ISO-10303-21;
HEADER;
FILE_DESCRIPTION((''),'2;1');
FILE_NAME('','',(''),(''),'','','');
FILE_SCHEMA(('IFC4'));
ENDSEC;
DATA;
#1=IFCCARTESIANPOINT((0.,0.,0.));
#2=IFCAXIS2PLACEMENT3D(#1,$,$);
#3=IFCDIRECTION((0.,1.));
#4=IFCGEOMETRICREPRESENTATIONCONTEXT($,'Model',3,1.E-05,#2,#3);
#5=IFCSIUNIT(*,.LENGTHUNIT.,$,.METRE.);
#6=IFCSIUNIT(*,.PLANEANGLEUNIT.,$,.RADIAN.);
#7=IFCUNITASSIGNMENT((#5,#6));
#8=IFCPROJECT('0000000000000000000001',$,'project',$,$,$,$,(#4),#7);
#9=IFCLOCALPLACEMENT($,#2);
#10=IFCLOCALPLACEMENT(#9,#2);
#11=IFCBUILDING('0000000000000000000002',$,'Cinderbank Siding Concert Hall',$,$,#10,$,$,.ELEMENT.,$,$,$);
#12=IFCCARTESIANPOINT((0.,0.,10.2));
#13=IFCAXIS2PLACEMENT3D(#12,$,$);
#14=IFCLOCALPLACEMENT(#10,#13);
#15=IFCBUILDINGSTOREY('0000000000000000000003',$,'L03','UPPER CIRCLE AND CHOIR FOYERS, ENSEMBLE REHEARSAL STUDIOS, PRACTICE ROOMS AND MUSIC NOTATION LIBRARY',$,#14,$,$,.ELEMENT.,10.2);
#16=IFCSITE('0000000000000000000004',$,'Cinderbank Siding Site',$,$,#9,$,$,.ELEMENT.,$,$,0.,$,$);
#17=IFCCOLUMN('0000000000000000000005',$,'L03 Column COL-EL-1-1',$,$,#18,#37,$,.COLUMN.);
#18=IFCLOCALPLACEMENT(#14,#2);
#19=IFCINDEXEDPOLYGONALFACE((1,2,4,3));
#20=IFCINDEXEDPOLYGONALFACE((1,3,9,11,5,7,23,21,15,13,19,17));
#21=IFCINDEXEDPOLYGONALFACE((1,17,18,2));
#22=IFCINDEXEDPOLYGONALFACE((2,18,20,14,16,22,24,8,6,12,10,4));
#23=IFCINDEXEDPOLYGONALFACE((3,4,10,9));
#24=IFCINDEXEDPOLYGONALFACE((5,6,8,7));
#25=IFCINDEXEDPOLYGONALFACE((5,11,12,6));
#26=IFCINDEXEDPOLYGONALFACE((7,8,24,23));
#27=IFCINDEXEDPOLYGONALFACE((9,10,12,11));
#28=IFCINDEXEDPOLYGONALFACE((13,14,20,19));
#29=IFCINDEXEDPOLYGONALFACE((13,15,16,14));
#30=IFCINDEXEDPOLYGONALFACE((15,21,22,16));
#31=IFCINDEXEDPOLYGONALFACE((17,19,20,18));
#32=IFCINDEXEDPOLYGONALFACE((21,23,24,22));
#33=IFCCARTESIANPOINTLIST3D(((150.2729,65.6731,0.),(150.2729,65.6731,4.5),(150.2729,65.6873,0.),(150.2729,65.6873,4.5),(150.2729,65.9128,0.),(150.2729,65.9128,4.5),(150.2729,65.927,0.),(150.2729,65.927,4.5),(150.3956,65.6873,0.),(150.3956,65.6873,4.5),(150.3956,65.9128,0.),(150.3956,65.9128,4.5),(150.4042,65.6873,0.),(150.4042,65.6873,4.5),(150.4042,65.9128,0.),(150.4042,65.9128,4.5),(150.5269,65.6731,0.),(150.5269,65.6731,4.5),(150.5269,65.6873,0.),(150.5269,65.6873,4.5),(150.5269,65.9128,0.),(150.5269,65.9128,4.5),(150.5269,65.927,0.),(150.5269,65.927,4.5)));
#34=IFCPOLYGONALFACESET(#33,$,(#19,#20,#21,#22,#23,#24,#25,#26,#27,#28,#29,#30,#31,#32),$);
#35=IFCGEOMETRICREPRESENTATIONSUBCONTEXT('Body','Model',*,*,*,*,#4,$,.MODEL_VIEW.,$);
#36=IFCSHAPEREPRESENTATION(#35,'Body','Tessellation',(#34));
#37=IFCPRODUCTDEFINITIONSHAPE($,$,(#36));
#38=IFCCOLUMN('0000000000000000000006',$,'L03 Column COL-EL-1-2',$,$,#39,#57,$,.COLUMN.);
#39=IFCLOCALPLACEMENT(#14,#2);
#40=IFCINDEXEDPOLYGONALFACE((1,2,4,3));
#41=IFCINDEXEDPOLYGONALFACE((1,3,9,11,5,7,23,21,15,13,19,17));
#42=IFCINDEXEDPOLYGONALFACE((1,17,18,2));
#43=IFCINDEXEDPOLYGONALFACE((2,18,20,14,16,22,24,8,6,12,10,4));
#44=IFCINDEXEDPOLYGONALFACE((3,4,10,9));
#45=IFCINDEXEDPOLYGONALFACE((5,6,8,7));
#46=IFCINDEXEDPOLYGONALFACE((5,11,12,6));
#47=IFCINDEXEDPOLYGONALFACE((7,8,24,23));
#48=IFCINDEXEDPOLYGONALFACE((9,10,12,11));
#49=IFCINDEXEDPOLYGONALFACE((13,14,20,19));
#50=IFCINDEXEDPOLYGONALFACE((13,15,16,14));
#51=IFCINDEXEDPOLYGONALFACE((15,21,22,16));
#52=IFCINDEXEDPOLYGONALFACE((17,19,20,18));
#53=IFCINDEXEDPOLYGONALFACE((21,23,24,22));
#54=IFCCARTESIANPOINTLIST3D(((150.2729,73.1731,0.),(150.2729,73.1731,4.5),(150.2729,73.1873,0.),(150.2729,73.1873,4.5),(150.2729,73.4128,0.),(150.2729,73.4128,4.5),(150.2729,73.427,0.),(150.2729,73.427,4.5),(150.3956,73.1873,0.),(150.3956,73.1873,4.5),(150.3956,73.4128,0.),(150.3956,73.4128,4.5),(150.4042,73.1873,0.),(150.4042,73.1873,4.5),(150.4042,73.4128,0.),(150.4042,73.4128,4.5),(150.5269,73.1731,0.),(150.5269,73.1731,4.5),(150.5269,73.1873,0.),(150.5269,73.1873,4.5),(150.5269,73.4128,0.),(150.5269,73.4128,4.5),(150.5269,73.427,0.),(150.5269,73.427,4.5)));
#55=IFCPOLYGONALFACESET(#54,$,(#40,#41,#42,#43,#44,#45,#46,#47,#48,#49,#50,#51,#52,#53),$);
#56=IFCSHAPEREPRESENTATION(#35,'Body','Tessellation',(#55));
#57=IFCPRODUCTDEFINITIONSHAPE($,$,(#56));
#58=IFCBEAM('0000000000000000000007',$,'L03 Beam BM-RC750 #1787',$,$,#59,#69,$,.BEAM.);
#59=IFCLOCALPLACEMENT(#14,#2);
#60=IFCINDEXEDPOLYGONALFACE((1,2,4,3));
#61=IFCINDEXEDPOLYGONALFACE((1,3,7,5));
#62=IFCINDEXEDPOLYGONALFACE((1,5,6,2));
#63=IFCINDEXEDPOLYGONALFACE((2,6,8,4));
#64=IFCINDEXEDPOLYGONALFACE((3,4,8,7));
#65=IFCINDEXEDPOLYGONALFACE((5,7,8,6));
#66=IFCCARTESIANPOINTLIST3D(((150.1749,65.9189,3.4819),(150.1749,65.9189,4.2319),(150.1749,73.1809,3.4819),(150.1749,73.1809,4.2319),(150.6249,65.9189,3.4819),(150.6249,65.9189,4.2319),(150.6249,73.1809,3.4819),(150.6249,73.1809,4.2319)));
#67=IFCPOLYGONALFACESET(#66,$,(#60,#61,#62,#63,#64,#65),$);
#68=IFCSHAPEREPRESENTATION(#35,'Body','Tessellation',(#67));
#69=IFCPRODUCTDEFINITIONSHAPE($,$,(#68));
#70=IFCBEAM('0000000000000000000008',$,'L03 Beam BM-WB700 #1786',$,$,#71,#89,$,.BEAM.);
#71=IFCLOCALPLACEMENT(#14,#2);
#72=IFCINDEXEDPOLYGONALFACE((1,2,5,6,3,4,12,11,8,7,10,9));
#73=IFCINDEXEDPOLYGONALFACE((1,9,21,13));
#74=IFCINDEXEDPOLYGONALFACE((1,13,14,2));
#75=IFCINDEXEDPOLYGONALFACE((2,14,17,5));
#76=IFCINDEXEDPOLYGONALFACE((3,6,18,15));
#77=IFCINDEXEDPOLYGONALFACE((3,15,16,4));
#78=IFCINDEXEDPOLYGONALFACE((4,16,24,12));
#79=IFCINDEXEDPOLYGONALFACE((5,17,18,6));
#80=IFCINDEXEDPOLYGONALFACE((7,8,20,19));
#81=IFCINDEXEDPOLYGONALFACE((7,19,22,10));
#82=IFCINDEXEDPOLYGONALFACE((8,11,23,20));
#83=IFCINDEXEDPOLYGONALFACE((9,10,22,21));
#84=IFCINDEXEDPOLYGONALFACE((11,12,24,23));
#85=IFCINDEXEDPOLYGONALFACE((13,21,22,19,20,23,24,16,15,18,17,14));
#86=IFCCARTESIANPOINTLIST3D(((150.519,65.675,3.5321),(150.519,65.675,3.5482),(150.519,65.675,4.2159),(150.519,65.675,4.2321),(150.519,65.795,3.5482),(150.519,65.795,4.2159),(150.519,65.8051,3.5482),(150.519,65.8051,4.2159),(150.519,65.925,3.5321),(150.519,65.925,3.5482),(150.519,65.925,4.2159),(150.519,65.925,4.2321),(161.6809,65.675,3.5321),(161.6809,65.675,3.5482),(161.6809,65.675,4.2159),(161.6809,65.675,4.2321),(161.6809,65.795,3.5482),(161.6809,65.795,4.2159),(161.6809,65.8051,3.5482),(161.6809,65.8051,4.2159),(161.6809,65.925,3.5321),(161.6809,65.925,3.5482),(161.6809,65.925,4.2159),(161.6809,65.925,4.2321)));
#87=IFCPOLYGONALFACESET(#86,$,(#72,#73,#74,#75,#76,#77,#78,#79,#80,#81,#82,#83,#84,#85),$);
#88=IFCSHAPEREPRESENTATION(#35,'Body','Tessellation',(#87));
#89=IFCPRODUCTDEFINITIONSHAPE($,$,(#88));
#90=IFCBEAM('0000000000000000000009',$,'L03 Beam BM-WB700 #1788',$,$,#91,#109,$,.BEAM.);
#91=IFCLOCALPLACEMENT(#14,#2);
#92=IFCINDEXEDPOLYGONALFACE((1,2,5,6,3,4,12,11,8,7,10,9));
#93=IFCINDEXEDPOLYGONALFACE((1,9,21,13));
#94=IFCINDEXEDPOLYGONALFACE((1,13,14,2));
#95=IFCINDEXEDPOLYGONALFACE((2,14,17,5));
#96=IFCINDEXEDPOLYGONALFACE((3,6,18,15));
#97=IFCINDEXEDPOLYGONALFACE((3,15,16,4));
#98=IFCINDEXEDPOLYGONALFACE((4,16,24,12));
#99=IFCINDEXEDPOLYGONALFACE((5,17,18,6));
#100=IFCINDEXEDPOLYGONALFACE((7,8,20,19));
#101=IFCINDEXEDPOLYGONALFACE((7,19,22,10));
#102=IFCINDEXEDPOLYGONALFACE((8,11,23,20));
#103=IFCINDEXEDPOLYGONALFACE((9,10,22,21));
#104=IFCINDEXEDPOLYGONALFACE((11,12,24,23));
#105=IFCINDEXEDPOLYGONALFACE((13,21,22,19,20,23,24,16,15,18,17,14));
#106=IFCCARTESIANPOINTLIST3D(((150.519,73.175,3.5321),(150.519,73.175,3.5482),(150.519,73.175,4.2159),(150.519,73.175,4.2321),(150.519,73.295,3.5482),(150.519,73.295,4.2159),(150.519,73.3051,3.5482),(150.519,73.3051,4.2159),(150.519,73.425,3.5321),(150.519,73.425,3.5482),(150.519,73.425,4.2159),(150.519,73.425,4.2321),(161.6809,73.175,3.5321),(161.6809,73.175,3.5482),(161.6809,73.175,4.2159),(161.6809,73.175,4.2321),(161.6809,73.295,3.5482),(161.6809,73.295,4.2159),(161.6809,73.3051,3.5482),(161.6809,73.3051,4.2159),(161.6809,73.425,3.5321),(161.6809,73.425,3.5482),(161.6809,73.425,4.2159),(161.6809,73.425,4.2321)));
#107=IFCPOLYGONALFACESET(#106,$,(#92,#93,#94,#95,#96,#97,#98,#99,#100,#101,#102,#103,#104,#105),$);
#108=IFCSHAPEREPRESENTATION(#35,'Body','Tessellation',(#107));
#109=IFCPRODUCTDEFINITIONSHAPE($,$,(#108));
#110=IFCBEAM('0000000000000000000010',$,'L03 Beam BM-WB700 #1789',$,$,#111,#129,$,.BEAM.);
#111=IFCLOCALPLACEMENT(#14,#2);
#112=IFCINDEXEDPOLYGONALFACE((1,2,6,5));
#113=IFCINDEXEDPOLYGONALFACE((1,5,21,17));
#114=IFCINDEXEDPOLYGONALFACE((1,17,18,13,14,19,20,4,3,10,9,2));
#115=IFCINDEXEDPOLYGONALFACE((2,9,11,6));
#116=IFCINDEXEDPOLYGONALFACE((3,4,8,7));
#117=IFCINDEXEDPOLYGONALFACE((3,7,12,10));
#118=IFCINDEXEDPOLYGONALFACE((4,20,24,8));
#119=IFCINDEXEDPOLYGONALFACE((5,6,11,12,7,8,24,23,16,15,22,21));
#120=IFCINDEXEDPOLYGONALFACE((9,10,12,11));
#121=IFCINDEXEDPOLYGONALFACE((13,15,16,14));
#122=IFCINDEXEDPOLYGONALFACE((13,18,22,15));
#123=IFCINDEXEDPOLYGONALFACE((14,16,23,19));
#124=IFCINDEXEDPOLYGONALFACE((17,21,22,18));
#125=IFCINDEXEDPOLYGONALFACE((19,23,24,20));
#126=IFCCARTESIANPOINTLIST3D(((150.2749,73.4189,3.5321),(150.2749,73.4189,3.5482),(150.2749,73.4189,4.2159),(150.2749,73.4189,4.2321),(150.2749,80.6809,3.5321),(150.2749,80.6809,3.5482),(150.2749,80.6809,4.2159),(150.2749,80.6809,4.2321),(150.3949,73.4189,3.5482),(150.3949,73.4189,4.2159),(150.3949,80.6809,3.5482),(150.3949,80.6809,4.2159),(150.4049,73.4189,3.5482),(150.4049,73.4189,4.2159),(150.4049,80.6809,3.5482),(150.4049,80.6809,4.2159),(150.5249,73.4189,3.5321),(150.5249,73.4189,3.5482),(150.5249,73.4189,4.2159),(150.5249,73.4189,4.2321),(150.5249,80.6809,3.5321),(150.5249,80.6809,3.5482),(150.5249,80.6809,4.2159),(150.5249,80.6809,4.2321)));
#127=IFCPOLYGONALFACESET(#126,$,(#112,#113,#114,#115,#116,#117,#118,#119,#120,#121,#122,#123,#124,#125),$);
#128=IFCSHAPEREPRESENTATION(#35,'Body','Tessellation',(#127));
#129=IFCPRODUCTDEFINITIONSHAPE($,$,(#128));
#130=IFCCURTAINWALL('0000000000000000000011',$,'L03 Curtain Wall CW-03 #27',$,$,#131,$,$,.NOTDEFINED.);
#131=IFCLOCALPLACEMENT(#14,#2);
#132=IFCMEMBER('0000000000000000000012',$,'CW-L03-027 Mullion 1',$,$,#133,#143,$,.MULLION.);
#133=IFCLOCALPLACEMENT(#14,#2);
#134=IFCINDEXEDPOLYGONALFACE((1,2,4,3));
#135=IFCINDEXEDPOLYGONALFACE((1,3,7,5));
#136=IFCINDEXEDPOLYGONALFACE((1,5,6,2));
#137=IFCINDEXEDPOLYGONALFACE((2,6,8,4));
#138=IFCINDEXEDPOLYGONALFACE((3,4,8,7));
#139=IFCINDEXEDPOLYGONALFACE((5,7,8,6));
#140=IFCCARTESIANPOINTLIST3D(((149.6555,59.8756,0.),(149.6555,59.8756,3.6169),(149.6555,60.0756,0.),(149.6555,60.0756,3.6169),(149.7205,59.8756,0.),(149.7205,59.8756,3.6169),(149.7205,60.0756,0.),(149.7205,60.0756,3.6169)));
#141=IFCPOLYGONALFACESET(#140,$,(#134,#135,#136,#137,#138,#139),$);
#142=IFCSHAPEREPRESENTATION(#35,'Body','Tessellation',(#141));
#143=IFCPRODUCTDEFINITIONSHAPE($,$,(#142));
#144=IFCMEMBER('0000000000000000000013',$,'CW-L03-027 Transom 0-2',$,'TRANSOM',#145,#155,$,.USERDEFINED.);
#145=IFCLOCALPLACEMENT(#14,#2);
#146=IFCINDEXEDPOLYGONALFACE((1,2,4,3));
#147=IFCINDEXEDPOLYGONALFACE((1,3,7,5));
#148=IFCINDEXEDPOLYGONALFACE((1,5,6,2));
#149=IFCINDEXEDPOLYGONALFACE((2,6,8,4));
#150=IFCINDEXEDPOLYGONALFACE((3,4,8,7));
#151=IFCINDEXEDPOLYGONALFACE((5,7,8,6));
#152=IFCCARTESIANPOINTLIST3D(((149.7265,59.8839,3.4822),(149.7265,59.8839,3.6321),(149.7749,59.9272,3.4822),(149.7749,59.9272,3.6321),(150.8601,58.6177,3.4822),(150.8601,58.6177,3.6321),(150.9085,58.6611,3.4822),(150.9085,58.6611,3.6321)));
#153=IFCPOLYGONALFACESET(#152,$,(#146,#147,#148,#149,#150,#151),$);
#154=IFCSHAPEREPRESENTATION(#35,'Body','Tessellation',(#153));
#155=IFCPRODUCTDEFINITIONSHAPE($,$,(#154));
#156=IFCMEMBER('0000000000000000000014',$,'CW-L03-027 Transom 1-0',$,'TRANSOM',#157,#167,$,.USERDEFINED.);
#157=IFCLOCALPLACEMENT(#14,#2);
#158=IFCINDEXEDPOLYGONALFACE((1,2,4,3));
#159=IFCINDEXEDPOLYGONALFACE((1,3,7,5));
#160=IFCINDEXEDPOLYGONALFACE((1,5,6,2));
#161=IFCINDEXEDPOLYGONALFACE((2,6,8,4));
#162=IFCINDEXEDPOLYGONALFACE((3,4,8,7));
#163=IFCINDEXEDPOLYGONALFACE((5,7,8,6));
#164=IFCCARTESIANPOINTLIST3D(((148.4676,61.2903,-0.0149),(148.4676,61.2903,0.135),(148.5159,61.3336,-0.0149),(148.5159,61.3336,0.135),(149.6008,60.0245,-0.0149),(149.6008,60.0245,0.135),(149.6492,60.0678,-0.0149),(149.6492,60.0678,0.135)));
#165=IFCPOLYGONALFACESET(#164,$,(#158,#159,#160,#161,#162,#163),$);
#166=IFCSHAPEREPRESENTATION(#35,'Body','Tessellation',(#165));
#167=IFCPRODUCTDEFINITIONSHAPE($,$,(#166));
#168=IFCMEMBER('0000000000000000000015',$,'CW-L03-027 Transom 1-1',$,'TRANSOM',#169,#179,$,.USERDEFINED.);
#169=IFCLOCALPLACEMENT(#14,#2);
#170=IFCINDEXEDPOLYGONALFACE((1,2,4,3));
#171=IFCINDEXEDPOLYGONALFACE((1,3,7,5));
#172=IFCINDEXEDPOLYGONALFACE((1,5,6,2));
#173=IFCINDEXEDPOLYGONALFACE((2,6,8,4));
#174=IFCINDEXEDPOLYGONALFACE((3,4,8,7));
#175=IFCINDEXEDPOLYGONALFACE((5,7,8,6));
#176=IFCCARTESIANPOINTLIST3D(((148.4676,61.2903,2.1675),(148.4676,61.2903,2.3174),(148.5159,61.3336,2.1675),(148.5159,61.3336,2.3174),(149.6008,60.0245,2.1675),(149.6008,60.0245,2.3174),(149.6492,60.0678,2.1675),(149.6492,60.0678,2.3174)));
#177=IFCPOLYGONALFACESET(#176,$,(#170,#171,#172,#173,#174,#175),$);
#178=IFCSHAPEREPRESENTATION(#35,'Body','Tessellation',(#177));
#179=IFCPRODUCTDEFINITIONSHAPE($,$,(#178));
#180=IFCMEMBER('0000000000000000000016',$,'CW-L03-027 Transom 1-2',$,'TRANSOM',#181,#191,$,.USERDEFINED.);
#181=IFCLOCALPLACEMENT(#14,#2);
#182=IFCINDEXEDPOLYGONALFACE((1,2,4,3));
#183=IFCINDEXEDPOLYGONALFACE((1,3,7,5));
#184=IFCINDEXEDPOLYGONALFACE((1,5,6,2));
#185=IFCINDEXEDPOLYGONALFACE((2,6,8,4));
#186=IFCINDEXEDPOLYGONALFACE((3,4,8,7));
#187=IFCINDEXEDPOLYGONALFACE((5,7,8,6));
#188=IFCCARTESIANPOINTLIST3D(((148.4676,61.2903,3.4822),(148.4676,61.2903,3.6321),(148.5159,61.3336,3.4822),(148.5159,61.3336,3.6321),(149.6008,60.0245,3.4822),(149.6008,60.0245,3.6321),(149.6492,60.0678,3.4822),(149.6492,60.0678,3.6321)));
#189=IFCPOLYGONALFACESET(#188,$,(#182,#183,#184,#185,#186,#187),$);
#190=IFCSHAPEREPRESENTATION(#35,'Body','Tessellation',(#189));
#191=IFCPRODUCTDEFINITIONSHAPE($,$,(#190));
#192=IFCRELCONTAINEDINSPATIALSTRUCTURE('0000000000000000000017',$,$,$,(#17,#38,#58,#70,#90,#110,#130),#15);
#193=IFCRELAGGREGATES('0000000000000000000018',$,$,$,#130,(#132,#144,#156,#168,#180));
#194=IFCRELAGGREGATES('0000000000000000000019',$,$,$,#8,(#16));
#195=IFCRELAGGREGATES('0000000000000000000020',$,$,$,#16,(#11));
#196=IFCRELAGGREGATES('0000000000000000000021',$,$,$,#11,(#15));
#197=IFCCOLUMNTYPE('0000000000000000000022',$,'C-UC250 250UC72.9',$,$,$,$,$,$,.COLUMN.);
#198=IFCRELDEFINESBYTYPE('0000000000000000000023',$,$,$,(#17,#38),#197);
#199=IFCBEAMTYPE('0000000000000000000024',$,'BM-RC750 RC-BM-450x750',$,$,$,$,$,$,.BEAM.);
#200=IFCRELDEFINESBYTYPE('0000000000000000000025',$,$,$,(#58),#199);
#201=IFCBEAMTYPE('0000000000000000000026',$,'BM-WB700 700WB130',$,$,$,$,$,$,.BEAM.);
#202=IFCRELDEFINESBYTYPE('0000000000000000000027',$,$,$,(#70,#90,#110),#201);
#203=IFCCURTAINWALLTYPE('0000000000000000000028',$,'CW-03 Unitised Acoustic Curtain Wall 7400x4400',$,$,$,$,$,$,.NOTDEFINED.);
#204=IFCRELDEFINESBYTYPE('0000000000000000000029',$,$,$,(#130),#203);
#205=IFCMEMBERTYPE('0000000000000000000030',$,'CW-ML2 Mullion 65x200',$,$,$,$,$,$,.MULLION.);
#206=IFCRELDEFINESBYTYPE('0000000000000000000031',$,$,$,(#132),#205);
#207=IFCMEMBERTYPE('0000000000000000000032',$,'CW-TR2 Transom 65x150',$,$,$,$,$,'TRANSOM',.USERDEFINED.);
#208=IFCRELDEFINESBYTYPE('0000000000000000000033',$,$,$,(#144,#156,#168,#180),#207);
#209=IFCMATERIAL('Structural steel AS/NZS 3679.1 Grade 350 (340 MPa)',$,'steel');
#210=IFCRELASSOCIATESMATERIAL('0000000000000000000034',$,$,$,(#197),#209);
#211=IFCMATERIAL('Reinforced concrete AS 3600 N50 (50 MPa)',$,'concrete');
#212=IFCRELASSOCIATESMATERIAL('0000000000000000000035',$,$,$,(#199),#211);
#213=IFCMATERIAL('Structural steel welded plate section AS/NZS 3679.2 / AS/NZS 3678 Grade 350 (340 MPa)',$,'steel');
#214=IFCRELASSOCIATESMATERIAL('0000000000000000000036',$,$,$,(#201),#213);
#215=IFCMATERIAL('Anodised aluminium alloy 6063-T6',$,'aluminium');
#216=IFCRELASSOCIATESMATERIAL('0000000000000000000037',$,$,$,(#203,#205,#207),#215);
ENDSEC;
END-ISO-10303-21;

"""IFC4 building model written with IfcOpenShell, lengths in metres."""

from ifc_helpers import new_model, si_unit, direction, frame, origin, origin_2d, place, context, subcontext, project, spatial, rectangle, i_section, extrude, material, material_profile, profile_set, type_object, element, aggregate, save


model = new_model("IFC4")

# Units and contexts
model_context = context("Model", 3, precision=1e-05, world=origin(), true_north=direction((0.0, 1.0)))
body_context = subcontext(model_context, "Body", "Model", "MODEL_VIEW")
ifc_project = project(units=[si_unit("LENGTHUNIT", "METRE"), si_unit("PLANEANGLEUNIT", "RADIAN")], contexts=[model_context])

# Site, building, storey
site_placement = place(None, origin())
site = spatial("IfcSite", under=ifc_project, at=site_placement, Name="Cinderbank Siding Site", CompositionType="ELEMENT", RefElevation=0.0)
building_placement = place(site_placement, origin())
building = spatial("IfcBuilding", under=site, at=building_placement, Name="Cinderbank Siding Concert Hall", CompositionType="ELEMENT")
storey_placement = place(building_placement, frame((0.0, 0.0, 10.2)))
storey = spatial("IfcBuildingStorey", under=building, at=storey_placement, Name="L03", Description="UPPER CIRCLE AND CHOIR FOYERS, ENSEMBLE REHEARSAL STUDIOS, PRACTICE ROOMS AND MUSIC NOTATION LIBRARY", CompositionType="ELEMENT", Elevation=10.2)

# Columns
ifc_material_1 = material(Name="Structural steel AS/NZS 3679.1 Grade 350 (340 MPa)", Category="steel")
ifc_material_profile_1 = material_profile(ifc_material_1, i_section(OverallWidth=0.2539, OverallDepth=0.2539, WebThickness=0.0085, FlangeThickness=0.0142, at=origin_2d()), Name="250UC72.9", Category="LoadBearing")
ifc_profile_set_1 = profile_set([ifc_material_profile_1], Name="Structural steel AS/NZS 3679.1 Grade 350 (340 MPa)")
column_type = type_object("IfcColumnType", Name="C-UC250 250UC72.9", PredefinedType="COLUMN", material=ifc_profile_set_1)
for number, where, z_axis, x_axis, name in (
    (1, (150.3999, 65.8, 0.0), (0.0, 0.0, 1.0), (1.0, 0.0, 0.0), "L03 Column COL-EL-1-1"),
    (2, (150.3999, 73.3, 0.0), (0.0, 0.0, 1.0), (1.0, 0.0, 0.0), "L03 Column COL-EL-1-2"),
):
    element("IfcColumn", number, at=place(storey_placement, frame(where, z_axis=z_axis, x_axis=x_axis)), inside=storey, type_object=column_type, Name=name, PredefinedType="COLUMN", context=body_context, shape_type="SweptSolid", body=[
        extrude(i_section(OverallWidth=0.2539, OverallDepth=0.2539, WebThickness=0.0085, FlangeThickness=0.0142, at=origin_2d()), origin(), (0.0, 0.0, 1.0), 4.5),
    ])

# Beams
ifc_material_2 = material(Name="Reinforced concrete AS 3600 N50 (50 MPa)", Category="concrete")
ifc_material_profile_2 = material_profile(ifc_material_2, rectangle(XDim=0.45, YDim=0.75, at=origin_2d()), Name="RC-BM-450x750", Category="LoadBearing")
ifc_profile_set_2 = profile_set([ifc_material_profile_2], Name="Reinforced concrete AS 3600 N50 (50 MPa)")
beam_type_1 = type_object("IfcBeamType", Name="BM-RC750 RC-BM-450x750", PredefinedType="BEAM", material=ifc_profile_set_2)
beam_1_placement = place(storey_placement, frame((150.3999, 65.9189, 3.8569), z_axis=(0.0, 1.0, 0.0), x_axis=(-1.0, 0.0, 0.0)))
element("IfcBeam", 3, at=beam_1_placement, inside=storey, type_object=beam_type_1, Name="L03 Beam BM-RC750 #1787", PredefinedType="BEAM", context=body_context, shape_type="SweptSolid", body=[
    extrude(rectangle(XDim=0.45, YDim=0.75, at=origin_2d()), origin(), (0.0, 0.0, 1.0), 7.262),
])
ifc_material_3 = material(Name="Structural steel welded plate section AS/NZS 3679.2 / AS/NZS 3678 Grade 350 (340 MPa)", Category="steel")
ifc_material_profile_3 = material_profile(ifc_material_3, i_section(OverallWidth=0.25, OverallDepth=0.7, WebThickness=0.01, FlangeThickness=0.0161, at=origin_2d()), Name="700WB130", Category="LoadBearing")
ifc_profile_set_3 = profile_set([ifc_material_profile_3], Name="Structural steel welded plate section AS/NZS 3679.2 / AS/NZS 3678 Grade 350 (340 MPa)")
beam_type_2 = type_object("IfcBeamType", Name="BM-WB700 700WB130", PredefinedType="BEAM", material=ifc_profile_set_3)
for number, where, z_axis, x_axis, name in (
    (4, (150.519, 65.8, 3.8821), (1.0, 0.0, 0.0), (0.0, 1.0, 0.0), "L03 Beam BM-WB700 #1786"),
    (5, (150.519, 73.3, 3.8821), (1.0, 0.0, 0.0), (0.0, 1.0, 0.0), "L03 Beam BM-WB700 #1788"),
):
    element("IfcBeam", number, at=place(storey_placement, frame(where, z_axis=z_axis, x_axis=x_axis)), inside=storey, type_object=beam_type_2, Name=name, PredefinedType="BEAM", context=body_context, shape_type="SweptSolid", body=[
        extrude(i_section(OverallWidth=0.25, OverallDepth=0.7, WebThickness=0.01, FlangeThickness=0.0161, at=origin_2d()), origin(), (0.0, 0.0, 1.0), 11.1619),
    ])
beam_2_placement = place(storey_placement, frame((150.3999, 73.4189, 3.8821), z_axis=(0.0, 1.0, 0.0), x_axis=(-1.0, 0.0, 0.0)))
element("IfcBeam", 6, at=beam_2_placement, inside=storey, type_object=beam_type_2, Name="L03 Beam BM-WB700 #1789", PredefinedType="BEAM", context=body_context, shape_type="SweptSolid", body=[
    extrude(i_section(OverallWidth=0.25, OverallDepth=0.7, WebThickness=0.01, FlangeThickness=0.0161, at=origin_2d()), origin(), (0.0, 0.0, 1.0), 7.262),
])

# Curtain wall, members
ifc_material_4 = material(Name="Anodised aluminium alloy 6063-T6", Category="aluminium")
curtain_wall_type = type_object("IfcCurtainWallType", Name="CW-03 Unitised Acoustic Curtain Wall 7400x4400", PredefinedType="NOTDEFINED", material=ifc_material_4)
curtain_wall_placement = place(storey_placement, origin())
curtain_wall = element("IfcCurtainWall", 7, at=curtain_wall_placement, inside=storey, type_object=curtain_wall_type, Name="L03 Curtain Wall CW-03 #27", PredefinedType="NOTDEFINED")
ifc_material_profile_4 = material_profile(ifc_material_4, rectangle(XDim=0.0649, YDim=0.2, at=origin_2d()), Name="ALU-MULL-65x200", Category="LoadBearing")
ifc_profile_set_4 = profile_set([ifc_material_profile_4], Name="Anodised aluminium alloy 6063-T6")
member_type_1 = type_object("IfcMemberType", Name="CW-ML2 Mullion 65x200", PredefinedType="MULLION", material=ifc_profile_set_4)
member_1_placement = place(storey_placement, frame((149.688, 59.9756, 0.0), z_axis=(0.0, 0.0, 1.0), x_axis=(1.0, 0.0, 0.0)))
member_1 = element("IfcMember", 8, at=member_1_placement, type_object=member_type_1, Name="CW-L03-027 Mullion 1", PredefinedType="MULLION", context=body_context, shape_type="SweptSolid", body=[
    extrude(rectangle(XDim=0.0649, YDim=0.2, at=origin_2d()), origin(), (0.0, 0.0, 1.0), 3.6169),
])
ifc_material_profile_5 = material_profile(ifc_material_4, rectangle(XDim=0.0649, YDim=0.1499, at=origin_2d()), Name="ALU-TRAN-65x150", Category="LoadBearing")
ifc_profile_set_5 = profile_set([ifc_material_profile_5], Name="Anodised aluminium alloy 6063-T6")
member_type_2 = type_object("IfcMemberType", Name="CW-TR2 Transom 65x150", ElementType="TRANSOM", PredefinedType="USERDEFINED", material=ifc_profile_set_5)
member_2_placement = place(storey_placement, frame((150.8843, 58.6394, 3.5571), z_axis=(-0.667026, 0.745035, 0.0), x_axis=(-0.745035, -0.667026, 0.0)))
member_2 = element("IfcMember", 9, at=member_2_placement, type_object=member_type_2, Name="CW-L03-027 Transom 0-2", ObjectType="TRANSOM", PredefinedType="USERDEFINED", context=body_context, shape_type="SweptSolid", body=[
    extrude(rectangle(XDim=0.0649, YDim=0.1499, at=origin_2d()), origin(), (0.0, 0.0, 1.0), 1.6995),
])
member_3_placement = place(storey_placement, frame((149.625, 60.0461, 0.0601), z_axis=(-0.667017, 0.745042, 0.0), x_axis=(-0.745042, -0.667017, 0.0)))
member_3 = element("IfcMember", 10, at=member_3_placement, type_object=member_type_2, Name="CW-L03-027 Transom 1-0", ObjectType="TRANSOM", PredefinedType="USERDEFINED", context=body_context, shape_type="SweptSolid", body=[
    extrude(rectangle(XDim=0.0649, YDim=0.1499, at=origin_2d()), origin(), (0.0, 0.0, 1.0), 1.699),
])
member_4_placement = place(storey_placement, frame((149.625, 60.0461, 2.2424), z_axis=(-0.667017, 0.745042, 0.0), x_axis=(-0.745042, -0.667017, 0.0)))
member_4 = element("IfcMember", 11, at=member_4_placement, type_object=member_type_2, Name="CW-L03-027 Transom 1-1", ObjectType="TRANSOM", PredefinedType="USERDEFINED", context=body_context, shape_type="SweptSolid", body=[
    extrude(rectangle(XDim=0.0649, YDim=0.1499, at=origin_2d()), origin(), (0.0, 0.0, 1.0), 1.699),
])
member_5_placement = place(storey_placement, frame((149.625, 60.0461, 3.5571), z_axis=(-0.667017, 0.745042, 0.0), x_axis=(-0.745042, -0.667017, 0.0)))
member_5 = element("IfcMember", 12, at=member_5_placement, type_object=member_type_2, Name="CW-L03-027 Transom 1-2", ObjectType="TRANSOM", PredefinedType="USERDEFINED", context=body_context, shape_type="SweptSolid", body=[
    extrude(rectangle(XDim=0.0649, YDim=0.1499, at=origin_2d()), origin(), (0.0, 0.0, 1.0), 1.699),
])

aggregate(curtain_wall, [member_1, member_2, member_3, member_4, member_5])

save(model, "model.ifc")
